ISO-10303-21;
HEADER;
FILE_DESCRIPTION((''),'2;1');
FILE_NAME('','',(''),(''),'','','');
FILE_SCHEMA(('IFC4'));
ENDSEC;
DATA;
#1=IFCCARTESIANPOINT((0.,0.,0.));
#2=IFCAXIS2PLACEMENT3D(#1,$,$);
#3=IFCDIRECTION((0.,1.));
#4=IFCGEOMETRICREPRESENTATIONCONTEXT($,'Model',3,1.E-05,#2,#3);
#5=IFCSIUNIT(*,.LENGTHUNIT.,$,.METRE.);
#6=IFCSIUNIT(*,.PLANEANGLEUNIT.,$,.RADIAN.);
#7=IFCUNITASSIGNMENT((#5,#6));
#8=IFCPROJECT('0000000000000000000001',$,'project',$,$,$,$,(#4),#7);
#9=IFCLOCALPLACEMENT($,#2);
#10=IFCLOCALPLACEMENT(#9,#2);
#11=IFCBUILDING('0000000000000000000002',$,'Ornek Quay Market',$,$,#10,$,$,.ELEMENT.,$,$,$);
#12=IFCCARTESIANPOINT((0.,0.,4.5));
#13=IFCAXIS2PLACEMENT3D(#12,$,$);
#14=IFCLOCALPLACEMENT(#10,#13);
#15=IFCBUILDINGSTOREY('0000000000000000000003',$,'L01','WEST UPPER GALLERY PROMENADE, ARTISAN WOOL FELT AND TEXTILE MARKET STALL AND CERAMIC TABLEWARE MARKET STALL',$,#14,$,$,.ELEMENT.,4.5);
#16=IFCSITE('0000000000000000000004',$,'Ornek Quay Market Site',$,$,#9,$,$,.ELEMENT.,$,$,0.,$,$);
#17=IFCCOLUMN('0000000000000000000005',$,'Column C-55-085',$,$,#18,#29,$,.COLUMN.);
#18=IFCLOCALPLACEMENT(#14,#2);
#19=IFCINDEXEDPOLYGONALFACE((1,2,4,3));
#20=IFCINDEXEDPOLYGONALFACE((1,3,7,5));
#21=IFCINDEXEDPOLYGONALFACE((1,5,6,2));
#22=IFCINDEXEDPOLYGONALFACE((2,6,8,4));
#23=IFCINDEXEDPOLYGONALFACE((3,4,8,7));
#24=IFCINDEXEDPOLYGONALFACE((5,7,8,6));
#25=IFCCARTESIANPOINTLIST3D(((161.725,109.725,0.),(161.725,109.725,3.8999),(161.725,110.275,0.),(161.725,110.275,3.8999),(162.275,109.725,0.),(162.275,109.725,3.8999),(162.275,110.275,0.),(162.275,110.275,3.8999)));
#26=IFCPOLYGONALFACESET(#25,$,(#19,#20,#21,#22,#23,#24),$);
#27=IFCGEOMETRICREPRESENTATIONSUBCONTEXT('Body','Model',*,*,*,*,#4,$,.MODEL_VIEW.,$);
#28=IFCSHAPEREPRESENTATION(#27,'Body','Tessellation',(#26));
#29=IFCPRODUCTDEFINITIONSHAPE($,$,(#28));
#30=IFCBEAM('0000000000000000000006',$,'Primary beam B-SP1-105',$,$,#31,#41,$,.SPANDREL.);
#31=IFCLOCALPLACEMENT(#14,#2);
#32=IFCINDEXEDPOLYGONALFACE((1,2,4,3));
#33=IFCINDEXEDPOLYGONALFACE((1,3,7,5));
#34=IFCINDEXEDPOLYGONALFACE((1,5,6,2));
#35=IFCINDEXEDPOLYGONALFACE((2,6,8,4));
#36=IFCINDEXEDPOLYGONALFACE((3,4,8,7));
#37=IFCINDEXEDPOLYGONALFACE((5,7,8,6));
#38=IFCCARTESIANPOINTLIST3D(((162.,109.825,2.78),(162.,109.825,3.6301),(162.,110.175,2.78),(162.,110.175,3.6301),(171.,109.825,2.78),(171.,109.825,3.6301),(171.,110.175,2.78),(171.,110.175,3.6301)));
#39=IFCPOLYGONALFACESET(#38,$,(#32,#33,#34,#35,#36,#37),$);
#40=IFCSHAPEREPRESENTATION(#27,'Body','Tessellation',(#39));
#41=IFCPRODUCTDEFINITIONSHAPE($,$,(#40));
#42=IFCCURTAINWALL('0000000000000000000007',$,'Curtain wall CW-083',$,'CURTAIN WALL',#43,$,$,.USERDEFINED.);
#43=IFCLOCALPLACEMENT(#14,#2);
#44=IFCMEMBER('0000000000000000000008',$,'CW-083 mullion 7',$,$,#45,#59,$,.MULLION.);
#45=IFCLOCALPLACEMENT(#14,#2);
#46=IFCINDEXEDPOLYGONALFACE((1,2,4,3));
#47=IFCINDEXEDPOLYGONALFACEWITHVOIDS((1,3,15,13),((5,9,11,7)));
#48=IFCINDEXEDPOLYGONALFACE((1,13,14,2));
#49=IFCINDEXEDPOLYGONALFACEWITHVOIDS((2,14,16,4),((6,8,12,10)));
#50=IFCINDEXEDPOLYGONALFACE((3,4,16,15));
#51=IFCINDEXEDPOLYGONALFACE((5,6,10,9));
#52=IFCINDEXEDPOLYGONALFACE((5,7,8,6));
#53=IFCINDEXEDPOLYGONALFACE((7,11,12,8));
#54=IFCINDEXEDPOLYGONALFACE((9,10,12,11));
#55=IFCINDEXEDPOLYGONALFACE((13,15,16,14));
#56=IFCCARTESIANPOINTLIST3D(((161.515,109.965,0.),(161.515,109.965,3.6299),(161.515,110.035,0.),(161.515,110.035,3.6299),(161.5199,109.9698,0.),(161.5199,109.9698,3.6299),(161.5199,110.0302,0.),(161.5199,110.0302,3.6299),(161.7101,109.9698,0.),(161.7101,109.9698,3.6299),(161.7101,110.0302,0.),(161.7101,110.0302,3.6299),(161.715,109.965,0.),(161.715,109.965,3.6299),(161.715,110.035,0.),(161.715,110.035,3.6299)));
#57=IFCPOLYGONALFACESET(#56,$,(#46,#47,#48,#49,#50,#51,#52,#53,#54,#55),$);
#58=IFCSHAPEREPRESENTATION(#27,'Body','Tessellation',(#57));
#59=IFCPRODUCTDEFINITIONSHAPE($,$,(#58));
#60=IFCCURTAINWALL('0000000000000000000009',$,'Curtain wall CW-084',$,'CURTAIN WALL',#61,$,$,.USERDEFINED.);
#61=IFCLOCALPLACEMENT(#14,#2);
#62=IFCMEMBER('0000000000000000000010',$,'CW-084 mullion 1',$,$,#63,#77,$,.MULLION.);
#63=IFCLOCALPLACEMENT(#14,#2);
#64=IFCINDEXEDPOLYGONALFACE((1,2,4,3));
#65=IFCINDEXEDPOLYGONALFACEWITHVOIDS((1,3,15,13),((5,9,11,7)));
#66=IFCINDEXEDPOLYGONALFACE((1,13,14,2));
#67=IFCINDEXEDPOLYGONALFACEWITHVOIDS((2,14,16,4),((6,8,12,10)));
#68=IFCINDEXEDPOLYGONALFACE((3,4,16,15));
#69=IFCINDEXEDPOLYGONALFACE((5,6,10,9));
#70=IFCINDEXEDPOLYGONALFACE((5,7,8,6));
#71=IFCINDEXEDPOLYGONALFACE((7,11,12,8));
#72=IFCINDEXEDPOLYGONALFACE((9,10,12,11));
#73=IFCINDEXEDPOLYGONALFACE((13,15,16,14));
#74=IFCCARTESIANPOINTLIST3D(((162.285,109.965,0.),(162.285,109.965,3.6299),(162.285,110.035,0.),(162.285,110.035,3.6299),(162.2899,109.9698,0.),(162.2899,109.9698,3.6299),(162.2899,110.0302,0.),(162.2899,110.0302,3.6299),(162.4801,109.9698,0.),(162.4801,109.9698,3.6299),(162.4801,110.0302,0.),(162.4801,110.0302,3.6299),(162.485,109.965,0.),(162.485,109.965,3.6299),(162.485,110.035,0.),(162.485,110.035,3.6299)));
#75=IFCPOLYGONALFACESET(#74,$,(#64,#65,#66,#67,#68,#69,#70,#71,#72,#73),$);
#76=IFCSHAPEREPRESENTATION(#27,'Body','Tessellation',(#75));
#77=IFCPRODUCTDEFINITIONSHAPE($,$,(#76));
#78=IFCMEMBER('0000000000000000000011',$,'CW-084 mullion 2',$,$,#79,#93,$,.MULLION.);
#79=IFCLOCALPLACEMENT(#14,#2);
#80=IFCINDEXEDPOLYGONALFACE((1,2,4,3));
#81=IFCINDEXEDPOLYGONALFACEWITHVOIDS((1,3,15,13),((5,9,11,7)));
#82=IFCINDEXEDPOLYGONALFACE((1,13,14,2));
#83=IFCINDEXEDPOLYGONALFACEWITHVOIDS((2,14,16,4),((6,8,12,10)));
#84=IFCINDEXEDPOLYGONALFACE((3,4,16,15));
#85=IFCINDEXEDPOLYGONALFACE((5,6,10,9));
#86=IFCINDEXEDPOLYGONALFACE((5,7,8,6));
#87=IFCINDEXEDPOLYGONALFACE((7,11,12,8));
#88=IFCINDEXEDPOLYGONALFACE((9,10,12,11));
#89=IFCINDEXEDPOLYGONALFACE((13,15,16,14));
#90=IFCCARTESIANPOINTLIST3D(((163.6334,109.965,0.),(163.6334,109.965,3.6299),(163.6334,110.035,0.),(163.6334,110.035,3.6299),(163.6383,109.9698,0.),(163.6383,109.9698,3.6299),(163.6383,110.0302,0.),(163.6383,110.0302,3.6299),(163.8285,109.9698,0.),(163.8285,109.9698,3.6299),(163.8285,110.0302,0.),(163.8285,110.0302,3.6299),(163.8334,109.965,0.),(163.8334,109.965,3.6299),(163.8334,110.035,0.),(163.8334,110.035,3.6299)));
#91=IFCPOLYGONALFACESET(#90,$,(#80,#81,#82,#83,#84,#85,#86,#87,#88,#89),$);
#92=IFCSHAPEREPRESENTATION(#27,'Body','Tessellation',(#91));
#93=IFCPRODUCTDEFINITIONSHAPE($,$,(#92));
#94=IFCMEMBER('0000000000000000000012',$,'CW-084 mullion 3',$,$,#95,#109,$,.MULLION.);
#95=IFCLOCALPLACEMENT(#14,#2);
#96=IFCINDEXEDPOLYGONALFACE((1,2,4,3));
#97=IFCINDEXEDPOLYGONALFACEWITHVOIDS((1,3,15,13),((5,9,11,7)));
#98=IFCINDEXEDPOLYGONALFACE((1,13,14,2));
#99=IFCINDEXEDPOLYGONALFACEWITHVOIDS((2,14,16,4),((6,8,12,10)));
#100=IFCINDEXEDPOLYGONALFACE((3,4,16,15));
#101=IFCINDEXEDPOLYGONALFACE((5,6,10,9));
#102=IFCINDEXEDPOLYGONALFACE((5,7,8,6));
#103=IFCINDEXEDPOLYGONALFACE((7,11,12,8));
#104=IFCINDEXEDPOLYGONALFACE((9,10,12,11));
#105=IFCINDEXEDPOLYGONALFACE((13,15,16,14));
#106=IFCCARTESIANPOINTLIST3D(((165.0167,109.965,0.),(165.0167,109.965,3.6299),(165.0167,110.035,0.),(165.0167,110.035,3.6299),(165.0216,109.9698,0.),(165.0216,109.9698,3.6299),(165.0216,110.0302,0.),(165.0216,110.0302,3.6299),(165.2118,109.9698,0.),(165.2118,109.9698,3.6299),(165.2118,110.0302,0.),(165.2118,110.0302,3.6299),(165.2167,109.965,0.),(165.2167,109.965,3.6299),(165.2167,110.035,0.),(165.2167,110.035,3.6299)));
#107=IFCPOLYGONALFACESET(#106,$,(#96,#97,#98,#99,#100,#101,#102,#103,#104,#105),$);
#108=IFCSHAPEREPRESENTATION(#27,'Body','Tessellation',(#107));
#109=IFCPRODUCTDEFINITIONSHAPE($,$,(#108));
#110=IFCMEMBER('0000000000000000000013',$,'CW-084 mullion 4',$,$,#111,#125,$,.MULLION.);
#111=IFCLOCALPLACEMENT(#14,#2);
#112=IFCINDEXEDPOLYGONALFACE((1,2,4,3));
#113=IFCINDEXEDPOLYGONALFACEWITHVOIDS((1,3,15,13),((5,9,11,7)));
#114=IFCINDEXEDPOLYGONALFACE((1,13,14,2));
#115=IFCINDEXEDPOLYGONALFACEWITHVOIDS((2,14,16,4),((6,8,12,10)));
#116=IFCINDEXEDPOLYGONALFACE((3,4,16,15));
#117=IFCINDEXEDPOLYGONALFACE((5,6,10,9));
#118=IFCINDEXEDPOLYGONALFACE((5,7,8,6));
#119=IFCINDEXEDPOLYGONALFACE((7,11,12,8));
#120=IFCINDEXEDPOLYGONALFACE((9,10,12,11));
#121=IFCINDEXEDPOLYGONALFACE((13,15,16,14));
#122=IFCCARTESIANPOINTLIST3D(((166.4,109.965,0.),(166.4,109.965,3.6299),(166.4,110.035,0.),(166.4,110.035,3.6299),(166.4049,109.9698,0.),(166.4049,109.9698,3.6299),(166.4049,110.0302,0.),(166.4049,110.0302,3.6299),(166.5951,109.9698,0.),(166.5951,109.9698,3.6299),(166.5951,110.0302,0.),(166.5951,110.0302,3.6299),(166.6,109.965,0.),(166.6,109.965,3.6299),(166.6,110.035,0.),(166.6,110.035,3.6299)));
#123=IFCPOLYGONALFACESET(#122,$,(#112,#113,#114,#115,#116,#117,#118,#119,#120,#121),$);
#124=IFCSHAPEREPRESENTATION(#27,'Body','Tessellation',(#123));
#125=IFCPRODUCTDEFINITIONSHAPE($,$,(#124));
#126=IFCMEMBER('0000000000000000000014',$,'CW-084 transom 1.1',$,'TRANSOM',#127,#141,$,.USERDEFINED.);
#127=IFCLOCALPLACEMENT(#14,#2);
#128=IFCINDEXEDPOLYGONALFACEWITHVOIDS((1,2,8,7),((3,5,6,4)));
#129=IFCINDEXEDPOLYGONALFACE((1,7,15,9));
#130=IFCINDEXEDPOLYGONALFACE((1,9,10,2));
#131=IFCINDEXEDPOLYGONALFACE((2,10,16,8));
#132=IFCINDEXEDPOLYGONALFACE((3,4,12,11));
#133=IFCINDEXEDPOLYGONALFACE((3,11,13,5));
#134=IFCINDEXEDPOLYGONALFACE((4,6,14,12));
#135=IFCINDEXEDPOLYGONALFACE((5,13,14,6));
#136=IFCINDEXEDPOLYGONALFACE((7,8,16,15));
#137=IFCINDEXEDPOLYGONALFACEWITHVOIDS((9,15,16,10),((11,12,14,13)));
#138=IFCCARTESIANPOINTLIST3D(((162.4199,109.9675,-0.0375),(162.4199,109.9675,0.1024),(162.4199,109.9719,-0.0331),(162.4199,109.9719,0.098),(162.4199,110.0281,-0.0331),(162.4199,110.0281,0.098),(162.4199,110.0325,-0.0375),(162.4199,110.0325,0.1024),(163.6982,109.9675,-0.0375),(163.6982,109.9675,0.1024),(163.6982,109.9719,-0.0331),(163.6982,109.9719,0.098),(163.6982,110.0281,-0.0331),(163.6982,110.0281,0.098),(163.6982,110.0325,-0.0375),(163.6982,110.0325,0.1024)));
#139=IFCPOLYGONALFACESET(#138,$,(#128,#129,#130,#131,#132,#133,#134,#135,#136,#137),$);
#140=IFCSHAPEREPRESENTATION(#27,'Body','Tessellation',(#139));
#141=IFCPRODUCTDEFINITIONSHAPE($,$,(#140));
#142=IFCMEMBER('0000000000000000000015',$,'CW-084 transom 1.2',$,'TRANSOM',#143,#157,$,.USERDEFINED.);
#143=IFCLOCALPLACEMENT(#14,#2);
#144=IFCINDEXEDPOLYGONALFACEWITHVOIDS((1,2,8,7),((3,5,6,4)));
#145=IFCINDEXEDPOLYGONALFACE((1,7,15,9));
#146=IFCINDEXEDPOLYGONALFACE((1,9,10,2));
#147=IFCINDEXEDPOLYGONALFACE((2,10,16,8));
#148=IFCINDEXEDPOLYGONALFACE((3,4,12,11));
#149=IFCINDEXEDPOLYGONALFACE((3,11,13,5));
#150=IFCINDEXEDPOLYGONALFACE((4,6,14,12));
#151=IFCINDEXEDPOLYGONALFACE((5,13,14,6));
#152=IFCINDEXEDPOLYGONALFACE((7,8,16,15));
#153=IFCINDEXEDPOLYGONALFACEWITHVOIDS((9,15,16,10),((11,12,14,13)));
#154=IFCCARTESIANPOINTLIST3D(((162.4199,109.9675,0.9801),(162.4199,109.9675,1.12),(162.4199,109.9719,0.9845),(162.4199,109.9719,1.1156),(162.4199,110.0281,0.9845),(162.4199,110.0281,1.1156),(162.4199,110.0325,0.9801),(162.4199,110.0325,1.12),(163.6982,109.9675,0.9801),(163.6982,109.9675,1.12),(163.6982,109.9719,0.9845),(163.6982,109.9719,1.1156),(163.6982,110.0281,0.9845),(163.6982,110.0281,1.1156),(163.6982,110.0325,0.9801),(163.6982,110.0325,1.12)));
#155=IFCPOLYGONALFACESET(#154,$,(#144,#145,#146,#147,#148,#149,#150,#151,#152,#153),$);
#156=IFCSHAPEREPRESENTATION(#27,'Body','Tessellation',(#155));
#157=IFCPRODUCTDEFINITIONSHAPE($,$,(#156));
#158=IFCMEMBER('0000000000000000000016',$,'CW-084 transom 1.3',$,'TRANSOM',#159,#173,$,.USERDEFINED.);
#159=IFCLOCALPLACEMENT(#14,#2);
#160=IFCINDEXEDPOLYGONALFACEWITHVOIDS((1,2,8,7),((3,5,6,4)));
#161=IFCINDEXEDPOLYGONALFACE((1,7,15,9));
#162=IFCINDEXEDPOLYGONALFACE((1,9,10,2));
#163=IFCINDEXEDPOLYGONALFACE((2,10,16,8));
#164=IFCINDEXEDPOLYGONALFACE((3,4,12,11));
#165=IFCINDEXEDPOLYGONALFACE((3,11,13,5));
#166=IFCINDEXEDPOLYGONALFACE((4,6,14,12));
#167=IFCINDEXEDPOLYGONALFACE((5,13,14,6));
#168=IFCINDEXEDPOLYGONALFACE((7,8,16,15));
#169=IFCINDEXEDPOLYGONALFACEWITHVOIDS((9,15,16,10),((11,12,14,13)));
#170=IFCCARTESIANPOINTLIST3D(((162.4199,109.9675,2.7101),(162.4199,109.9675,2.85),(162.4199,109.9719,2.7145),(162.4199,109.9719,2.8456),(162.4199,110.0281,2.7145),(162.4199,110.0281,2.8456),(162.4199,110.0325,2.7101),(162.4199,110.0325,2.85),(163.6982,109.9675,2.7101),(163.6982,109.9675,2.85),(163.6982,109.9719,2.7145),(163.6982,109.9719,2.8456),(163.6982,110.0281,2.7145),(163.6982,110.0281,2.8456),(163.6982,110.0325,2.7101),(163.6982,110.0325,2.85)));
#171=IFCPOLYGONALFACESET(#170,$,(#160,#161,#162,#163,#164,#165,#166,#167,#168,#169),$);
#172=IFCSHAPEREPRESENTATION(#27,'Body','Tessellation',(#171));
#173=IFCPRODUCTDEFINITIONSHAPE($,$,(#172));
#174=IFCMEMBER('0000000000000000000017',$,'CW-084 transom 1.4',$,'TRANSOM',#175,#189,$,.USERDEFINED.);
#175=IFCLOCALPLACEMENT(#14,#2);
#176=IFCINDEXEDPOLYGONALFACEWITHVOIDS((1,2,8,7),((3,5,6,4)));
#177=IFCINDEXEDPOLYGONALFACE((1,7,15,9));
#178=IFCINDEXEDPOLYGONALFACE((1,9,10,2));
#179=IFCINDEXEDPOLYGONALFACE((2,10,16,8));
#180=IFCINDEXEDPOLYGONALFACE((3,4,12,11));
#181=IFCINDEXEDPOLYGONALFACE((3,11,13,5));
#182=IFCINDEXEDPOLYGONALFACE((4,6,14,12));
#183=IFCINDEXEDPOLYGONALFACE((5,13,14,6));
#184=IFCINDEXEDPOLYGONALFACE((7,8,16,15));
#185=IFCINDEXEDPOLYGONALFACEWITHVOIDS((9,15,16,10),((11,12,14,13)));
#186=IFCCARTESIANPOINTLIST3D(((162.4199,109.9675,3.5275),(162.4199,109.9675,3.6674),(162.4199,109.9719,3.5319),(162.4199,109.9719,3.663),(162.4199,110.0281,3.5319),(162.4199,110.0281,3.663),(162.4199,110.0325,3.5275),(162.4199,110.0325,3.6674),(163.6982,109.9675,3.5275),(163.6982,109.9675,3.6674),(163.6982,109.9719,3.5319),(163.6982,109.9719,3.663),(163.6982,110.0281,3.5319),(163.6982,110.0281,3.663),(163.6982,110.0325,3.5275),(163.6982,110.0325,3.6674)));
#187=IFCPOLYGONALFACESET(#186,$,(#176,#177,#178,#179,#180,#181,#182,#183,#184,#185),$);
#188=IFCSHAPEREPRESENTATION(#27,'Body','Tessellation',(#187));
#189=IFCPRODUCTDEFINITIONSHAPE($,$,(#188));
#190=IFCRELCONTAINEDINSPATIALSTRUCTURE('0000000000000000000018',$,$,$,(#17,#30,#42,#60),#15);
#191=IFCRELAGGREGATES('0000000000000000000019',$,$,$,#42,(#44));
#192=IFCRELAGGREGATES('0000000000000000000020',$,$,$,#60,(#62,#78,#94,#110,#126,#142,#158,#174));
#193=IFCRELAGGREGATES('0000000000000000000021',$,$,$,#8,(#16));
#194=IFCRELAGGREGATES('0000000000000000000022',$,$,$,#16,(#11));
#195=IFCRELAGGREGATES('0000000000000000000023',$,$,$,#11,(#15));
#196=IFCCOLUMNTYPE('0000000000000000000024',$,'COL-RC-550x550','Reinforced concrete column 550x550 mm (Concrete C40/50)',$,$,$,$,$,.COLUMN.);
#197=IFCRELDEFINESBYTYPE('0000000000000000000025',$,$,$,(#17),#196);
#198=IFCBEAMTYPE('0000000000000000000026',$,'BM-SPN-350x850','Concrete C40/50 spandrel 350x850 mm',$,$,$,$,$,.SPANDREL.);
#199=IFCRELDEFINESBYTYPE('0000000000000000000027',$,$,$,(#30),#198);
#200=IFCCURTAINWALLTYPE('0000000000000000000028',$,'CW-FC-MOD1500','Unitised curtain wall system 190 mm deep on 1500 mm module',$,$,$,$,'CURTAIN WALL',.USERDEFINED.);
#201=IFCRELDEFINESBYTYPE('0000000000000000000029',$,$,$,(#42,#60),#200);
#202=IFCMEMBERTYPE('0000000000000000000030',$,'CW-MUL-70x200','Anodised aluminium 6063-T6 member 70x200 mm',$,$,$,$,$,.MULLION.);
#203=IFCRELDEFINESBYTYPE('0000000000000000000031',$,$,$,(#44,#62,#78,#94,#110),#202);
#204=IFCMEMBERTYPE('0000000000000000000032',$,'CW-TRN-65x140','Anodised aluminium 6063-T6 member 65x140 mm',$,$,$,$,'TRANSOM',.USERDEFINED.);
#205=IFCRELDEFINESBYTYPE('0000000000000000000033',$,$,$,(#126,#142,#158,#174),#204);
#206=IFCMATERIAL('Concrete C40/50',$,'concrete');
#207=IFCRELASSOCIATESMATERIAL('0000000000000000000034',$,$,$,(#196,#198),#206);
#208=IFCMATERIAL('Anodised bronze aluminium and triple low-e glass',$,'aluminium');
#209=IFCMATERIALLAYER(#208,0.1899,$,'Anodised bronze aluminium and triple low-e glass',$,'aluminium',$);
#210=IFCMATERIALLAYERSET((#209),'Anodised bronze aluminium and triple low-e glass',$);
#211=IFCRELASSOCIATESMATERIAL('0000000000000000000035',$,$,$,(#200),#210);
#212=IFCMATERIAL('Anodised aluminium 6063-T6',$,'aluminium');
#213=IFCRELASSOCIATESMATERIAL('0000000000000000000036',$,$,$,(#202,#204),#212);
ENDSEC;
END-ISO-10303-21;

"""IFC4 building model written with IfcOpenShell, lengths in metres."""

from ifc_helpers import new_model, si_unit, direction, frame, origin, origin_2d, place, context, subcontext, project, spatial, rectangle, hollow_rectangle, extrude, material, layer, layer_set, material_profile, profile_set, type_object, element, aggregate, save


model = new_model("IFC4")

# Units and contexts
model_context = context("Model", 3, precision=1e-05, world=origin(), true_north=direction((0.0, 1.0)))
body_context = subcontext(model_context, "Body", "Model", "MODEL_VIEW")
ifc_project = project(units=[si_unit("LENGTHUNIT", "METRE"), si_unit("PLANEANGLEUNIT", "RADIAN")], contexts=[model_context])

# Site, building, storey
site_placement = place(None, origin())
site = spatial("IfcSite", under=ifc_project, at=site_placement, Name="Ornek Quay Market Site", CompositionType="ELEMENT", RefElevation=0.0)
building_placement = place(site_placement, origin())
building = spatial("IfcBuilding", under=site, at=building_placement, Name="Ornek Quay Market", CompositionType="ELEMENT")
storey_placement = place(building_placement, frame((0.0, 0.0, 4.5)))
storey = spatial("IfcBuildingStorey", under=building, at=storey_placement, Name="L01", Description="WEST UPPER GALLERY PROMENADE, ARTISAN WOOL FELT AND TEXTILE MARKET STALL AND CERAMIC TABLEWARE MARKET STALL", CompositionType="ELEMENT", Elevation=4.5)

# Column
ifc_material_1 = material(Name="Concrete C40/50", Category="concrete")
ifc_material_profile_1 = material_profile(ifc_material_1, rectangle(XDim=0.55, YDim=0.55, at=origin_2d()), Name="RC 550x550", Category="concrete")
ifc_profile_set_1 = profile_set([ifc_material_profile_1], Name="Concrete C40/50")
column_type = type_object("IfcColumnType", Name="COL-RC-550x550", Description="Reinforced concrete column 550x550 mm (Concrete C40/50)", PredefinedType="COLUMN", material=ifc_profile_set_1)
column_placement = place(storey_placement, frame((162.0, 110.0, 0.0), z_axis=(0.0, 0.0, 1.0), x_axis=(1.0, 0.0, 0.0)))
element("IfcColumn", 1, at=column_placement, inside=storey, type_object=column_type, Name="Column C-55-085", PredefinedType="COLUMN", context=body_context, shape_type="SweptSolid", body=[
    extrude(rectangle(XDim=0.55, YDim=0.55, at=origin_2d()), origin(), (0.0, 0.0, 1.0), 3.8999),
])

# Beam
ifc_material_profile_2 = material_profile(ifc_material_1, rectangle(XDim=0.3501, YDim=0.8501, at=origin_2d()), Name="RC 350x850", Category="concrete")
ifc_profile_set_2 = profile_set([ifc_material_profile_2], Name="Concrete C40/50")
beam_type = type_object("IfcBeamType", Name="BM-SPN-350x850", Description="Concrete C40/50 spandrel 350x850 mm", PredefinedType="SPANDREL", material=ifc_profile_set_2)
beam_placement = place(storey_placement, frame((162.0, 110.0, 3.2051), z_axis=(1.0, 0.0, 0.0), x_axis=(0.0, 1.0, 0.0)))
element("IfcBeam", 2, at=beam_placement, inside=storey, type_object=beam_type, Name="Primary beam B-SP1-105", PredefinedType="SPANDREL", context=body_context, shape_type="SweptSolid", body=[
    extrude(rectangle(XDim=0.3501, YDim=0.8501, at=origin_2d()), origin(), (0.0, 0.0, 1.0), 9.0),
])

# Curtain wall, member
ifc_material_2 = material(Name="Anodised bronze aluminium and triple low-e glass", Category="aluminium")
ifc_layer_1 = layer(ifc_material_2, 0.1899, Name="Anodised bronze aluminium and triple low-e glass", Category="aluminium")
ifc_layer_set_1 = layer_set([ifc_layer_1], Name="Anodised bronze aluminium and triple low-e glass")
curtain_wall_type = type_object("IfcCurtainWallType", Name="CW-FC-MOD1500", Description="Unitised curtain wall system 190 mm deep on 1500 mm module", ElementType="CURTAIN WALL", PredefinedType="USERDEFINED", material=ifc_layer_set_1)
curtain_wall_1_placement = place(storey_placement, origin())
curtain_wall_1 = element("IfcCurtainWall", 3, at=curtain_wall_1_placement, inside=storey, type_object=curtain_wall_type, Name="Curtain wall CW-083", ObjectType="CURTAIN WALL", PredefinedType="USERDEFINED")
ifc_material_3 = material(Name="Anodised aluminium 6063-T6", Category="aluminium")
ifc_material_profile_3 = material_profile(ifc_material_3, hollow_rectangle(XDim=0.0701, YDim=0.2, WallThickness=0.0049, at=origin_2d()), Name="CW-MUL-70x200", Category="aluminium")
ifc_profile_set_3 = profile_set([ifc_material_profile_3], Name="Anodised aluminium 6063-T6")
member_type_1 = type_object("IfcMemberType", Name="CW-MUL-70x200", Description="Anodised aluminium 6063-T6 member 70x200 mm", PredefinedType="MULLION", material=ifc_profile_set_3)
member_1_placement = place(storey_placement, frame((161.615, 110.0, 0.0), z_axis=(0.0, 0.0, 1.0), x_axis=(0.0, 1.0, 0.0)))
member_1 = element("IfcMember", 4, at=member_1_placement, type_object=member_type_1, Name="CW-083 mullion 7", PredefinedType="MULLION", context=body_context, shape_type="SweptSolid", body=[
    extrude(hollow_rectangle(XDim=0.0701, YDim=0.2, WallThickness=0.0049, at=origin_2d()), origin(), (0.0, 0.0, 1.0), 3.6299),
])

# Curtain wall, members
curtain_wall_2_placement = place(storey_placement, origin())
curtain_wall_2 = element("IfcCurtainWall", 5, at=curtain_wall_2_placement, inside=storey, type_object=curtain_wall_type, Name="Curtain wall CW-084", ObjectType="CURTAIN WALL", PredefinedType="USERDEFINED")
member_2_placement = place(storey_placement, frame((162.385, 110.0, 0.0), z_axis=(0.0, 0.0, 1.0), x_axis=(0.0, 1.0, 0.0)))
member_2 = element("IfcMember", 6, at=member_2_placement, type_object=member_type_1, Name="CW-084 mullion 1", PredefinedType="MULLION", context=body_context, shape_type="SweptSolid", body=[
    extrude(hollow_rectangle(XDim=0.0701, YDim=0.2, WallThickness=0.0049, at=origin_2d()), origin(), (0.0, 0.0, 1.0), 3.6299),
])
member_3_placement = place(storey_placement, frame((163.7334, 110.0, 0.0), z_axis=(0.0, 0.0, 1.0), x_axis=(0.0, 1.0, 0.0)))
member_3 = element("IfcMember", 7, at=member_3_placement, type_object=member_type_1, Name="CW-084 mullion 2", PredefinedType="MULLION", context=body_context, shape_type="SweptSolid", body=[
    extrude(hollow_rectangle(XDim=0.0701, YDim=0.2, WallThickness=0.0049, at=origin_2d()), origin(), (0.0, 0.0, 1.0), 3.6299),
])
member_4_placement = place(storey_placement, frame((165.1167, 110.0, 0.0), z_axis=(0.0, 0.0, 1.0), x_axis=(0.0, 1.0, 0.0)))
member_4 = element("IfcMember", 8, at=member_4_placement, type_object=member_type_1, Name="CW-084 mullion 3", PredefinedType="MULLION", context=body_context, shape_type="SweptSolid", body=[
    extrude(hollow_rectangle(XDim=0.0701, YDim=0.2, WallThickness=0.0049, at=origin_2d()), origin(), (0.0, 0.0, 1.0), 3.6299),
])
member_5_placement = place(storey_placement, frame((166.5, 110.0, 0.0), z_axis=(0.0, 0.0, 1.0), x_axis=(0.0, 1.0, 0.0)))
member_5 = element("IfcMember", 9, at=member_5_placement, type_object=member_type_1, Name="CW-084 mullion 4", PredefinedType="MULLION", context=body_context, shape_type="SweptSolid", body=[
    extrude(hollow_rectangle(XDim=0.0701, YDim=0.2, WallThickness=0.0049, at=origin_2d()), origin(), (0.0, 0.0, 1.0), 3.6299),
])
ifc_material_profile_4 = material_profile(ifc_material_3, hollow_rectangle(XDim=0.0649, YDim=0.1399, WallThickness=0.0044, at=origin_2d()), Name="CW-TRN-65x140", Category="aluminium")
ifc_profile_set_4 = profile_set([ifc_material_profile_4], Name="Anodised aluminium 6063-T6")
member_type_2 = type_object("IfcMemberType", Name="CW-TRN-65x140", Description="Anodised aluminium 6063-T6 member 65x140 mm", ElementType="TRANSOM", PredefinedType="USERDEFINED", material=ifc_profile_set_4)
member_6_placement = place(storey_placement, frame((162.4199, 110.0, 0.0325), z_axis=(1.0, 0.0, 0.0), x_axis=(0.0, 1.0, 0.0)))
member_6 = element("IfcMember", 10, at=member_6_placement, type_object=member_type_2, Name="CW-084 transom 1.1", ObjectType="TRANSOM", PredefinedType="USERDEFINED", context=body_context, shape_type="SweptSolid", body=[
    extrude(hollow_rectangle(XDim=0.0649, YDim=0.1399, WallThickness=0.0044, at=origin_2d()), origin(), (0.0, 0.0, 1.0), 1.2783),
])
member_7_placement = place(storey_placement, frame((162.4199, 110.0, 1.05), z_axis=(1.0, 0.0, 0.0), x_axis=(0.0, 1.0, 0.0)))
member_7 = element("IfcMember", 11, at=member_7_placement, type_object=member_type_2, Name="CW-084 transom 1.2", ObjectType="TRANSOM", PredefinedType="USERDEFINED", context=body_context, shape_type="SweptSolid", body=[
    extrude(hollow_rectangle(XDim=0.0649, YDim=0.1399, WallThickness=0.0044, at=origin_2d()), origin(), (0.0, 0.0, 1.0), 1.2783),
])
member_8_placement = place(storey_placement, frame((162.4199, 110.0, 2.78), z_axis=(1.0, 0.0, 0.0), x_axis=(0.0, 1.0, 0.0)))
member_8 = element("IfcMember", 12, at=member_8_placement, type_object=member_type_2, Name="CW-084 transom 1.3", ObjectType="TRANSOM", PredefinedType="USERDEFINED", context=body_context, shape_type="SweptSolid", body=[
    extrude(hollow_rectangle(XDim=0.0649, YDim=0.1399, WallThickness=0.0044, at=origin_2d()), origin(), (0.0, 0.0, 1.0), 1.2783),
])
member_9_placement = place(storey_placement, frame((162.4199, 110.0, 3.5974), z_axis=(1.0, 0.0, 0.0), x_axis=(0.0, 1.0, 0.0)))
member_9 = element("IfcMember", 13, at=member_9_placement, type_object=member_type_2, Name="CW-084 transom 1.4", ObjectType="TRANSOM", PredefinedType="USERDEFINED", context=body_context, shape_type="SweptSolid", body=[
    extrude(hollow_rectangle(XDim=0.0649, YDim=0.1399, WallThickness=0.0044, at=origin_2d()), origin(), (0.0, 0.0, 1.0), 1.2783),
])

aggregate(curtain_wall_1, [member_1])
aggregate(curtain_wall_2, [member_2, member_3, member_4, member_5, member_6, member_7, member_8, member_9])

save(model, "model.ifc")
